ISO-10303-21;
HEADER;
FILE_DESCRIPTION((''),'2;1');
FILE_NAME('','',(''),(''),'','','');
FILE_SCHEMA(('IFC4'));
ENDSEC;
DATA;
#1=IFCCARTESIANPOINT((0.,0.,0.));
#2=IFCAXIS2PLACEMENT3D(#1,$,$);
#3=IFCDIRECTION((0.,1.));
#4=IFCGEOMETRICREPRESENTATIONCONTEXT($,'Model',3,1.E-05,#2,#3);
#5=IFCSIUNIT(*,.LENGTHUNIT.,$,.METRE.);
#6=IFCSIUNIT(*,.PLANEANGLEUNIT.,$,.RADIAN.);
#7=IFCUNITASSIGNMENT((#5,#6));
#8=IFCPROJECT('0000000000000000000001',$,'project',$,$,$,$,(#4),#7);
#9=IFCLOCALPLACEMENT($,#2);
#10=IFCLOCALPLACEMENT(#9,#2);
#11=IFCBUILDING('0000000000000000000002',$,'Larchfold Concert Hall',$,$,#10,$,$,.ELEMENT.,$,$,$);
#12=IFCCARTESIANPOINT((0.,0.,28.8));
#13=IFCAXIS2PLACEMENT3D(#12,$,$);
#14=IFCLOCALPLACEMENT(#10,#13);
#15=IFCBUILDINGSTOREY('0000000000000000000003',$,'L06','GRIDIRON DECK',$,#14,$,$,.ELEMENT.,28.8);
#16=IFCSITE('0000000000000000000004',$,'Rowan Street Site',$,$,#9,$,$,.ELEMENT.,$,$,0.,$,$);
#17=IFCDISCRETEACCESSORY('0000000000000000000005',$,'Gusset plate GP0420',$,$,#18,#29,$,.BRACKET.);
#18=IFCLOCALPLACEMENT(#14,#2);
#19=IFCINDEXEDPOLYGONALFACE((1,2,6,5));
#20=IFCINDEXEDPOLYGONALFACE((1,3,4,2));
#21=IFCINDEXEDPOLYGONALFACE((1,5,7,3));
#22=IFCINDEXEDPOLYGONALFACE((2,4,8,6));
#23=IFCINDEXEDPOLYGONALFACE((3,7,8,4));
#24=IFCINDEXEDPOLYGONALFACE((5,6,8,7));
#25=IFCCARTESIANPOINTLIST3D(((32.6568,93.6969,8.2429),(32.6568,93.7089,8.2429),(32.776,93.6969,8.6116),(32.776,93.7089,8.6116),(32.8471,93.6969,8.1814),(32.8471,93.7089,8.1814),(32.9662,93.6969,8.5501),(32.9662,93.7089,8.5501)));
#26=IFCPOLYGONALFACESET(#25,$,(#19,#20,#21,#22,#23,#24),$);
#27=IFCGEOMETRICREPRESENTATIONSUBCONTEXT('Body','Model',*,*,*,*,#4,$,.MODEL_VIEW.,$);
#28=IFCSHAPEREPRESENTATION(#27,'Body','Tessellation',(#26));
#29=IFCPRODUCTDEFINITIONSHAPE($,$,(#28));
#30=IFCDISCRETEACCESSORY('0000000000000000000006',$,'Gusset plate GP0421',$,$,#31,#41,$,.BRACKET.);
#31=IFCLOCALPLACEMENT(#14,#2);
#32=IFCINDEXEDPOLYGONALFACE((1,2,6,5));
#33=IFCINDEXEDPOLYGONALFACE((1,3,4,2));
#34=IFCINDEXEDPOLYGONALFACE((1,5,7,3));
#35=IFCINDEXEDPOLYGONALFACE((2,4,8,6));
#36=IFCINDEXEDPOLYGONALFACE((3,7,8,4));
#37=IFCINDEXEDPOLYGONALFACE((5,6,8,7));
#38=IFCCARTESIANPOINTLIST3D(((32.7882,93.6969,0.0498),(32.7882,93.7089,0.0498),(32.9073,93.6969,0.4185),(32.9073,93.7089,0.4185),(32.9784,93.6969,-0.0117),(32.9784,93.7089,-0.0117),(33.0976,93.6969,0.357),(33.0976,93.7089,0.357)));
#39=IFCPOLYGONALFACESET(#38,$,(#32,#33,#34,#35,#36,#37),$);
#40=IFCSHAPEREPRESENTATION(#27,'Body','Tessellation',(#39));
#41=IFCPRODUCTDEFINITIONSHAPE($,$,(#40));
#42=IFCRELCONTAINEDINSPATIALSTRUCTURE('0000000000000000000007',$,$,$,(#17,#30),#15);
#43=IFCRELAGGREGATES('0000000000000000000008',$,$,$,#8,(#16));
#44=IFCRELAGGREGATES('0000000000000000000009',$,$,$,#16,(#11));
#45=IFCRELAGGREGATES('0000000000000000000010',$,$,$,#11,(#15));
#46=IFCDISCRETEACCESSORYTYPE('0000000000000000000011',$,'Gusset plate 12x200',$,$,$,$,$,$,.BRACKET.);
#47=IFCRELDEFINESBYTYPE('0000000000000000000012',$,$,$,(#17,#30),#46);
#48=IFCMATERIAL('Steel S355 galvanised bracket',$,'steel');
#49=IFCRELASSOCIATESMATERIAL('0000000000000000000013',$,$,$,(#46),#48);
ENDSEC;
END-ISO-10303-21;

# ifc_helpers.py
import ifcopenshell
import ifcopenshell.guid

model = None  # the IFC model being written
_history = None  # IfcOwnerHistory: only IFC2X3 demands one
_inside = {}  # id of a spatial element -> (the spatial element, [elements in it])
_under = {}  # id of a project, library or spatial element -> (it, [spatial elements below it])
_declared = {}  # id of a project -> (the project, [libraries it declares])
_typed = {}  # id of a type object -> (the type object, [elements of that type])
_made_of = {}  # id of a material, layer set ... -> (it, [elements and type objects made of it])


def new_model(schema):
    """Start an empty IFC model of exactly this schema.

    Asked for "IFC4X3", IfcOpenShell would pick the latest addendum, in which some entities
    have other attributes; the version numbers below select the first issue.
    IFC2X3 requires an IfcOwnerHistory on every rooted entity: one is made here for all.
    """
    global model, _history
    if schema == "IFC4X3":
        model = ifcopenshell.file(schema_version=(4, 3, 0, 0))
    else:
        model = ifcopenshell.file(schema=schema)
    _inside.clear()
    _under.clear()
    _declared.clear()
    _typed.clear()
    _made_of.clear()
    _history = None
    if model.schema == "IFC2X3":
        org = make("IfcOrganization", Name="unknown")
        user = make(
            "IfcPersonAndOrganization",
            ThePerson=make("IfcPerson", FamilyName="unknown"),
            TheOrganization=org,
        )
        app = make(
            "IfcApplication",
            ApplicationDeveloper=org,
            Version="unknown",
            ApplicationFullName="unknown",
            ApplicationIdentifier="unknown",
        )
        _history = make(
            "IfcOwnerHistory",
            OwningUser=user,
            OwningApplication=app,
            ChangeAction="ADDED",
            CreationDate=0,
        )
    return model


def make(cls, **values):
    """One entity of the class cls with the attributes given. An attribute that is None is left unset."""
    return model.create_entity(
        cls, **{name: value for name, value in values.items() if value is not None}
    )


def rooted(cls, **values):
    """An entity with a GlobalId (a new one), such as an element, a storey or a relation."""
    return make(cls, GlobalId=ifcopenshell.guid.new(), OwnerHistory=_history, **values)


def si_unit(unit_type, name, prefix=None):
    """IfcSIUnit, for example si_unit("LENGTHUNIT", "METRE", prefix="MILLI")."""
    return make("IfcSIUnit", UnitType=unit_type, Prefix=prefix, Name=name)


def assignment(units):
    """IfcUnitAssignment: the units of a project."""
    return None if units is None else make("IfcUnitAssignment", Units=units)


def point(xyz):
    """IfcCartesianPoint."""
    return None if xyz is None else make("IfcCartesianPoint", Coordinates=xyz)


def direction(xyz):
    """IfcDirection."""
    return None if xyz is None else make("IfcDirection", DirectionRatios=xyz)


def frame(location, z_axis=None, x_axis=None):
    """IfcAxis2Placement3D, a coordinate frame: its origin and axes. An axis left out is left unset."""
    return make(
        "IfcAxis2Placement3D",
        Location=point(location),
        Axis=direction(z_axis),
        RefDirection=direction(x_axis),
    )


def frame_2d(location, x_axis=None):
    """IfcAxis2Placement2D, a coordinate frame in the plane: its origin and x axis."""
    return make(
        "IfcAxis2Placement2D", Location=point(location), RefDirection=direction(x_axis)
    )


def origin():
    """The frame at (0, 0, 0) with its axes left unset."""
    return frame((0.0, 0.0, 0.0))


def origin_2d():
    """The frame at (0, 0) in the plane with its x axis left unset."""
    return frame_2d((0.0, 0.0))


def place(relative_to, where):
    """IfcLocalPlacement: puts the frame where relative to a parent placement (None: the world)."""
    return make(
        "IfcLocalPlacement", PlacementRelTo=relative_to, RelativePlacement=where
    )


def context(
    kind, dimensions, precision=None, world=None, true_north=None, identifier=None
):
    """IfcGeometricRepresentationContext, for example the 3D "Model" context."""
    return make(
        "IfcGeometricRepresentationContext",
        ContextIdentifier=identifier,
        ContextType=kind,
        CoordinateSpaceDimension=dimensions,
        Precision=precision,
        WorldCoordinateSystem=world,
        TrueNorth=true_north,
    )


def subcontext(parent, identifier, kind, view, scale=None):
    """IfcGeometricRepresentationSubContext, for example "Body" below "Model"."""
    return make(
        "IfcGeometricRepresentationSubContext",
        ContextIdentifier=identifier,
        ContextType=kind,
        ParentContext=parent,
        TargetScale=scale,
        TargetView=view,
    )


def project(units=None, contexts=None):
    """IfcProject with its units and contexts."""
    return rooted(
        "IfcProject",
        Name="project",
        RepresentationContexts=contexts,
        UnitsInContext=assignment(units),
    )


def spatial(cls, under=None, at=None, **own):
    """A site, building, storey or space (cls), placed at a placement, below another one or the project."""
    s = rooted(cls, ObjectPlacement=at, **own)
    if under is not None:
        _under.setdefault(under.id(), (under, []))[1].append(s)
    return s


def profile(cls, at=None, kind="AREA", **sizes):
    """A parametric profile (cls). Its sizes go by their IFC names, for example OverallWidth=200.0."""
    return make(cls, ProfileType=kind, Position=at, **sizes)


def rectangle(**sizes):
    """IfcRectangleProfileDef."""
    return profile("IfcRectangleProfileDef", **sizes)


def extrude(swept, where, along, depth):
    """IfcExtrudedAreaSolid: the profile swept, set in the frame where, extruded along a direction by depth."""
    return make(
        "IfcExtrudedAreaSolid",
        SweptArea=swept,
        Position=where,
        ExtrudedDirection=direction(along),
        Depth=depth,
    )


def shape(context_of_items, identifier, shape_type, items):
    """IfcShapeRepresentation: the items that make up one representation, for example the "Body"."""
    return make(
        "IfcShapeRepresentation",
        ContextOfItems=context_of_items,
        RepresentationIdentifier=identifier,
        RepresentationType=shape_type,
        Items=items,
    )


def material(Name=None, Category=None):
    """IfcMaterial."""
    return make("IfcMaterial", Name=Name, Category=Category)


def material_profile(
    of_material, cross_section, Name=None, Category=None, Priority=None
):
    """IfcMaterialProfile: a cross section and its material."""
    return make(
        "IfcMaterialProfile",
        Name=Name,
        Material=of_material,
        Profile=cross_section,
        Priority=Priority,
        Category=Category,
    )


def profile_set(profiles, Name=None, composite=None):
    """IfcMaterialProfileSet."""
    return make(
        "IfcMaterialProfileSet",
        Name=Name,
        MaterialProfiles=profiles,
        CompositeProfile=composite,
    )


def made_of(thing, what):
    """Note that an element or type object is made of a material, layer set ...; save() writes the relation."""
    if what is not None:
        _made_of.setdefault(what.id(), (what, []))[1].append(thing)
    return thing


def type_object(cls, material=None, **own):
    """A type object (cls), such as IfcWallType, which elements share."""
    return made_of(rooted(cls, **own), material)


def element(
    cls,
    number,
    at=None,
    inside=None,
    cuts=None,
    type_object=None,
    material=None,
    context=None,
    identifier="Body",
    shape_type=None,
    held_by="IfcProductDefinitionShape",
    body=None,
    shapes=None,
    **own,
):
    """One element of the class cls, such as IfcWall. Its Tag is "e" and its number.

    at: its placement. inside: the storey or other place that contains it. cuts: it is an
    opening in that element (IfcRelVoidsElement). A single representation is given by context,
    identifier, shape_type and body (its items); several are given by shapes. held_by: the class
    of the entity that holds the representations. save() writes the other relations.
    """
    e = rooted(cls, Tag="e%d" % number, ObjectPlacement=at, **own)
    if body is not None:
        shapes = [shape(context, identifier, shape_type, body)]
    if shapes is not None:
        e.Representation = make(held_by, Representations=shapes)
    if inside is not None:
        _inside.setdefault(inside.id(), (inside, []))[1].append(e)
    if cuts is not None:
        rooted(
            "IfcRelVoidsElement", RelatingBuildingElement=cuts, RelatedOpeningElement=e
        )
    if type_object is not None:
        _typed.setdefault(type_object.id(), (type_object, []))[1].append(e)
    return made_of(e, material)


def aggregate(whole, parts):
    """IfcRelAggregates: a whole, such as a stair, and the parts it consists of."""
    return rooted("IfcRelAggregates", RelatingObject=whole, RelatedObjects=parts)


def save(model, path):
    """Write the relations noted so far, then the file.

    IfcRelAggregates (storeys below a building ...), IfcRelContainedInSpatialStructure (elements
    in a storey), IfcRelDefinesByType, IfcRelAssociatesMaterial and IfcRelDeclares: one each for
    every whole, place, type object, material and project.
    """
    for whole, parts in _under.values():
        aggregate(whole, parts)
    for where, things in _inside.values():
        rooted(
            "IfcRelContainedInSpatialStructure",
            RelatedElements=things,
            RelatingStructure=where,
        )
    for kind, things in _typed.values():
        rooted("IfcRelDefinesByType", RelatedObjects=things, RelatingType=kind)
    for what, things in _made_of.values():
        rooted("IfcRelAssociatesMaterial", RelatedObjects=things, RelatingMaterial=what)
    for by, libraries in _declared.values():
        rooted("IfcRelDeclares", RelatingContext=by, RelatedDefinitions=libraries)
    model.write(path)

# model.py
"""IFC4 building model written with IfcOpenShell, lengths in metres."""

from ifc_helpers import new_model, si_unit, direction, frame, origin, origin_2d, place, context, subcontext, project, spatial, rectangle, extrude, material, material_profile, profile_set, type_object, element, save


model = new_model("IFC4")

# Units and contexts
model_context = context("Model", 3, precision=1e-05, world=origin(), true_north=direction((0.0, 1.0)))
body_context = subcontext(model_context, "Body", "Model", "MODEL_VIEW")
ifc_project = project(units=[si_unit("LENGTHUNIT", "METRE"), si_unit("PLANEANGLEUNIT", "RADIAN")], contexts=[model_context])

# Site, building, storey
site_placement = place(None, origin())
site = spatial("IfcSite", under=ifc_project, at=site_placement, Name="Rowan Street Site", CompositionType="ELEMENT", RefElevation=0.0)
building_placement = place(site_placement, origin())
building = spatial("IfcBuilding", under=site, at=building_placement, Name="Larchfold Concert Hall", CompositionType="ELEMENT")
storey_placement = place(building_placement, frame((0.0, 0.0, 28.8)))
storey = spatial("IfcBuildingStorey", under=building, at=storey_placement, Name="L06", Description="GRIDIRON DECK", CompositionType="ELEMENT", Elevation=28.8)

# Discrete accessories
ifc_material_1 = material(Name="Steel S355 galvanised bracket", Category="steel")
ifc_material_profile_1 = material_profile(ifc_material_1, rectangle(XDim=0.012, YDim=0.2, at=origin_2d()))
ifc_profile_set_1 = profile_set([ifc_material_profile_1], Name="Steel S355 galvanised bracket")
discrete_accessory_type_1 = type_object("IfcDiscreteAccessoryType", Name="Gusset plate 12x200", PredefinedType="BRACKET", material=ifc_profile_set_1)
for number, where, z_axis, x_axis, name in (
    (1, (32.752, 93.7029, 8.2122), (0.307518, 0.0, 0.951542), (0.0, 1.0, 0.0), "Gusset plate GP0420"),
    (2, (32.8833, 93.7029, 0.019), (0.307518, 0.0, 0.951542), (0.0, 1.0, 0.0), "Gusset plate GP0421"),
):
    element("IfcDiscreteAccessory", number, at=place(storey_placement, frame(where, z_axis=z_axis, x_axis=x_axis)), inside=storey, type_object=discrete_accessory_type_1, Name=name, PredefinedType="BRACKET", context=body_context, shape_type="SweptSolid", body=[
        extrude(rectangle(XDim=0.012, YDim=0.2, at=origin_2d()), origin(), (0.0, 0.0, 1.0), 0.3875),
    ])

save(model, "model.ifc")
